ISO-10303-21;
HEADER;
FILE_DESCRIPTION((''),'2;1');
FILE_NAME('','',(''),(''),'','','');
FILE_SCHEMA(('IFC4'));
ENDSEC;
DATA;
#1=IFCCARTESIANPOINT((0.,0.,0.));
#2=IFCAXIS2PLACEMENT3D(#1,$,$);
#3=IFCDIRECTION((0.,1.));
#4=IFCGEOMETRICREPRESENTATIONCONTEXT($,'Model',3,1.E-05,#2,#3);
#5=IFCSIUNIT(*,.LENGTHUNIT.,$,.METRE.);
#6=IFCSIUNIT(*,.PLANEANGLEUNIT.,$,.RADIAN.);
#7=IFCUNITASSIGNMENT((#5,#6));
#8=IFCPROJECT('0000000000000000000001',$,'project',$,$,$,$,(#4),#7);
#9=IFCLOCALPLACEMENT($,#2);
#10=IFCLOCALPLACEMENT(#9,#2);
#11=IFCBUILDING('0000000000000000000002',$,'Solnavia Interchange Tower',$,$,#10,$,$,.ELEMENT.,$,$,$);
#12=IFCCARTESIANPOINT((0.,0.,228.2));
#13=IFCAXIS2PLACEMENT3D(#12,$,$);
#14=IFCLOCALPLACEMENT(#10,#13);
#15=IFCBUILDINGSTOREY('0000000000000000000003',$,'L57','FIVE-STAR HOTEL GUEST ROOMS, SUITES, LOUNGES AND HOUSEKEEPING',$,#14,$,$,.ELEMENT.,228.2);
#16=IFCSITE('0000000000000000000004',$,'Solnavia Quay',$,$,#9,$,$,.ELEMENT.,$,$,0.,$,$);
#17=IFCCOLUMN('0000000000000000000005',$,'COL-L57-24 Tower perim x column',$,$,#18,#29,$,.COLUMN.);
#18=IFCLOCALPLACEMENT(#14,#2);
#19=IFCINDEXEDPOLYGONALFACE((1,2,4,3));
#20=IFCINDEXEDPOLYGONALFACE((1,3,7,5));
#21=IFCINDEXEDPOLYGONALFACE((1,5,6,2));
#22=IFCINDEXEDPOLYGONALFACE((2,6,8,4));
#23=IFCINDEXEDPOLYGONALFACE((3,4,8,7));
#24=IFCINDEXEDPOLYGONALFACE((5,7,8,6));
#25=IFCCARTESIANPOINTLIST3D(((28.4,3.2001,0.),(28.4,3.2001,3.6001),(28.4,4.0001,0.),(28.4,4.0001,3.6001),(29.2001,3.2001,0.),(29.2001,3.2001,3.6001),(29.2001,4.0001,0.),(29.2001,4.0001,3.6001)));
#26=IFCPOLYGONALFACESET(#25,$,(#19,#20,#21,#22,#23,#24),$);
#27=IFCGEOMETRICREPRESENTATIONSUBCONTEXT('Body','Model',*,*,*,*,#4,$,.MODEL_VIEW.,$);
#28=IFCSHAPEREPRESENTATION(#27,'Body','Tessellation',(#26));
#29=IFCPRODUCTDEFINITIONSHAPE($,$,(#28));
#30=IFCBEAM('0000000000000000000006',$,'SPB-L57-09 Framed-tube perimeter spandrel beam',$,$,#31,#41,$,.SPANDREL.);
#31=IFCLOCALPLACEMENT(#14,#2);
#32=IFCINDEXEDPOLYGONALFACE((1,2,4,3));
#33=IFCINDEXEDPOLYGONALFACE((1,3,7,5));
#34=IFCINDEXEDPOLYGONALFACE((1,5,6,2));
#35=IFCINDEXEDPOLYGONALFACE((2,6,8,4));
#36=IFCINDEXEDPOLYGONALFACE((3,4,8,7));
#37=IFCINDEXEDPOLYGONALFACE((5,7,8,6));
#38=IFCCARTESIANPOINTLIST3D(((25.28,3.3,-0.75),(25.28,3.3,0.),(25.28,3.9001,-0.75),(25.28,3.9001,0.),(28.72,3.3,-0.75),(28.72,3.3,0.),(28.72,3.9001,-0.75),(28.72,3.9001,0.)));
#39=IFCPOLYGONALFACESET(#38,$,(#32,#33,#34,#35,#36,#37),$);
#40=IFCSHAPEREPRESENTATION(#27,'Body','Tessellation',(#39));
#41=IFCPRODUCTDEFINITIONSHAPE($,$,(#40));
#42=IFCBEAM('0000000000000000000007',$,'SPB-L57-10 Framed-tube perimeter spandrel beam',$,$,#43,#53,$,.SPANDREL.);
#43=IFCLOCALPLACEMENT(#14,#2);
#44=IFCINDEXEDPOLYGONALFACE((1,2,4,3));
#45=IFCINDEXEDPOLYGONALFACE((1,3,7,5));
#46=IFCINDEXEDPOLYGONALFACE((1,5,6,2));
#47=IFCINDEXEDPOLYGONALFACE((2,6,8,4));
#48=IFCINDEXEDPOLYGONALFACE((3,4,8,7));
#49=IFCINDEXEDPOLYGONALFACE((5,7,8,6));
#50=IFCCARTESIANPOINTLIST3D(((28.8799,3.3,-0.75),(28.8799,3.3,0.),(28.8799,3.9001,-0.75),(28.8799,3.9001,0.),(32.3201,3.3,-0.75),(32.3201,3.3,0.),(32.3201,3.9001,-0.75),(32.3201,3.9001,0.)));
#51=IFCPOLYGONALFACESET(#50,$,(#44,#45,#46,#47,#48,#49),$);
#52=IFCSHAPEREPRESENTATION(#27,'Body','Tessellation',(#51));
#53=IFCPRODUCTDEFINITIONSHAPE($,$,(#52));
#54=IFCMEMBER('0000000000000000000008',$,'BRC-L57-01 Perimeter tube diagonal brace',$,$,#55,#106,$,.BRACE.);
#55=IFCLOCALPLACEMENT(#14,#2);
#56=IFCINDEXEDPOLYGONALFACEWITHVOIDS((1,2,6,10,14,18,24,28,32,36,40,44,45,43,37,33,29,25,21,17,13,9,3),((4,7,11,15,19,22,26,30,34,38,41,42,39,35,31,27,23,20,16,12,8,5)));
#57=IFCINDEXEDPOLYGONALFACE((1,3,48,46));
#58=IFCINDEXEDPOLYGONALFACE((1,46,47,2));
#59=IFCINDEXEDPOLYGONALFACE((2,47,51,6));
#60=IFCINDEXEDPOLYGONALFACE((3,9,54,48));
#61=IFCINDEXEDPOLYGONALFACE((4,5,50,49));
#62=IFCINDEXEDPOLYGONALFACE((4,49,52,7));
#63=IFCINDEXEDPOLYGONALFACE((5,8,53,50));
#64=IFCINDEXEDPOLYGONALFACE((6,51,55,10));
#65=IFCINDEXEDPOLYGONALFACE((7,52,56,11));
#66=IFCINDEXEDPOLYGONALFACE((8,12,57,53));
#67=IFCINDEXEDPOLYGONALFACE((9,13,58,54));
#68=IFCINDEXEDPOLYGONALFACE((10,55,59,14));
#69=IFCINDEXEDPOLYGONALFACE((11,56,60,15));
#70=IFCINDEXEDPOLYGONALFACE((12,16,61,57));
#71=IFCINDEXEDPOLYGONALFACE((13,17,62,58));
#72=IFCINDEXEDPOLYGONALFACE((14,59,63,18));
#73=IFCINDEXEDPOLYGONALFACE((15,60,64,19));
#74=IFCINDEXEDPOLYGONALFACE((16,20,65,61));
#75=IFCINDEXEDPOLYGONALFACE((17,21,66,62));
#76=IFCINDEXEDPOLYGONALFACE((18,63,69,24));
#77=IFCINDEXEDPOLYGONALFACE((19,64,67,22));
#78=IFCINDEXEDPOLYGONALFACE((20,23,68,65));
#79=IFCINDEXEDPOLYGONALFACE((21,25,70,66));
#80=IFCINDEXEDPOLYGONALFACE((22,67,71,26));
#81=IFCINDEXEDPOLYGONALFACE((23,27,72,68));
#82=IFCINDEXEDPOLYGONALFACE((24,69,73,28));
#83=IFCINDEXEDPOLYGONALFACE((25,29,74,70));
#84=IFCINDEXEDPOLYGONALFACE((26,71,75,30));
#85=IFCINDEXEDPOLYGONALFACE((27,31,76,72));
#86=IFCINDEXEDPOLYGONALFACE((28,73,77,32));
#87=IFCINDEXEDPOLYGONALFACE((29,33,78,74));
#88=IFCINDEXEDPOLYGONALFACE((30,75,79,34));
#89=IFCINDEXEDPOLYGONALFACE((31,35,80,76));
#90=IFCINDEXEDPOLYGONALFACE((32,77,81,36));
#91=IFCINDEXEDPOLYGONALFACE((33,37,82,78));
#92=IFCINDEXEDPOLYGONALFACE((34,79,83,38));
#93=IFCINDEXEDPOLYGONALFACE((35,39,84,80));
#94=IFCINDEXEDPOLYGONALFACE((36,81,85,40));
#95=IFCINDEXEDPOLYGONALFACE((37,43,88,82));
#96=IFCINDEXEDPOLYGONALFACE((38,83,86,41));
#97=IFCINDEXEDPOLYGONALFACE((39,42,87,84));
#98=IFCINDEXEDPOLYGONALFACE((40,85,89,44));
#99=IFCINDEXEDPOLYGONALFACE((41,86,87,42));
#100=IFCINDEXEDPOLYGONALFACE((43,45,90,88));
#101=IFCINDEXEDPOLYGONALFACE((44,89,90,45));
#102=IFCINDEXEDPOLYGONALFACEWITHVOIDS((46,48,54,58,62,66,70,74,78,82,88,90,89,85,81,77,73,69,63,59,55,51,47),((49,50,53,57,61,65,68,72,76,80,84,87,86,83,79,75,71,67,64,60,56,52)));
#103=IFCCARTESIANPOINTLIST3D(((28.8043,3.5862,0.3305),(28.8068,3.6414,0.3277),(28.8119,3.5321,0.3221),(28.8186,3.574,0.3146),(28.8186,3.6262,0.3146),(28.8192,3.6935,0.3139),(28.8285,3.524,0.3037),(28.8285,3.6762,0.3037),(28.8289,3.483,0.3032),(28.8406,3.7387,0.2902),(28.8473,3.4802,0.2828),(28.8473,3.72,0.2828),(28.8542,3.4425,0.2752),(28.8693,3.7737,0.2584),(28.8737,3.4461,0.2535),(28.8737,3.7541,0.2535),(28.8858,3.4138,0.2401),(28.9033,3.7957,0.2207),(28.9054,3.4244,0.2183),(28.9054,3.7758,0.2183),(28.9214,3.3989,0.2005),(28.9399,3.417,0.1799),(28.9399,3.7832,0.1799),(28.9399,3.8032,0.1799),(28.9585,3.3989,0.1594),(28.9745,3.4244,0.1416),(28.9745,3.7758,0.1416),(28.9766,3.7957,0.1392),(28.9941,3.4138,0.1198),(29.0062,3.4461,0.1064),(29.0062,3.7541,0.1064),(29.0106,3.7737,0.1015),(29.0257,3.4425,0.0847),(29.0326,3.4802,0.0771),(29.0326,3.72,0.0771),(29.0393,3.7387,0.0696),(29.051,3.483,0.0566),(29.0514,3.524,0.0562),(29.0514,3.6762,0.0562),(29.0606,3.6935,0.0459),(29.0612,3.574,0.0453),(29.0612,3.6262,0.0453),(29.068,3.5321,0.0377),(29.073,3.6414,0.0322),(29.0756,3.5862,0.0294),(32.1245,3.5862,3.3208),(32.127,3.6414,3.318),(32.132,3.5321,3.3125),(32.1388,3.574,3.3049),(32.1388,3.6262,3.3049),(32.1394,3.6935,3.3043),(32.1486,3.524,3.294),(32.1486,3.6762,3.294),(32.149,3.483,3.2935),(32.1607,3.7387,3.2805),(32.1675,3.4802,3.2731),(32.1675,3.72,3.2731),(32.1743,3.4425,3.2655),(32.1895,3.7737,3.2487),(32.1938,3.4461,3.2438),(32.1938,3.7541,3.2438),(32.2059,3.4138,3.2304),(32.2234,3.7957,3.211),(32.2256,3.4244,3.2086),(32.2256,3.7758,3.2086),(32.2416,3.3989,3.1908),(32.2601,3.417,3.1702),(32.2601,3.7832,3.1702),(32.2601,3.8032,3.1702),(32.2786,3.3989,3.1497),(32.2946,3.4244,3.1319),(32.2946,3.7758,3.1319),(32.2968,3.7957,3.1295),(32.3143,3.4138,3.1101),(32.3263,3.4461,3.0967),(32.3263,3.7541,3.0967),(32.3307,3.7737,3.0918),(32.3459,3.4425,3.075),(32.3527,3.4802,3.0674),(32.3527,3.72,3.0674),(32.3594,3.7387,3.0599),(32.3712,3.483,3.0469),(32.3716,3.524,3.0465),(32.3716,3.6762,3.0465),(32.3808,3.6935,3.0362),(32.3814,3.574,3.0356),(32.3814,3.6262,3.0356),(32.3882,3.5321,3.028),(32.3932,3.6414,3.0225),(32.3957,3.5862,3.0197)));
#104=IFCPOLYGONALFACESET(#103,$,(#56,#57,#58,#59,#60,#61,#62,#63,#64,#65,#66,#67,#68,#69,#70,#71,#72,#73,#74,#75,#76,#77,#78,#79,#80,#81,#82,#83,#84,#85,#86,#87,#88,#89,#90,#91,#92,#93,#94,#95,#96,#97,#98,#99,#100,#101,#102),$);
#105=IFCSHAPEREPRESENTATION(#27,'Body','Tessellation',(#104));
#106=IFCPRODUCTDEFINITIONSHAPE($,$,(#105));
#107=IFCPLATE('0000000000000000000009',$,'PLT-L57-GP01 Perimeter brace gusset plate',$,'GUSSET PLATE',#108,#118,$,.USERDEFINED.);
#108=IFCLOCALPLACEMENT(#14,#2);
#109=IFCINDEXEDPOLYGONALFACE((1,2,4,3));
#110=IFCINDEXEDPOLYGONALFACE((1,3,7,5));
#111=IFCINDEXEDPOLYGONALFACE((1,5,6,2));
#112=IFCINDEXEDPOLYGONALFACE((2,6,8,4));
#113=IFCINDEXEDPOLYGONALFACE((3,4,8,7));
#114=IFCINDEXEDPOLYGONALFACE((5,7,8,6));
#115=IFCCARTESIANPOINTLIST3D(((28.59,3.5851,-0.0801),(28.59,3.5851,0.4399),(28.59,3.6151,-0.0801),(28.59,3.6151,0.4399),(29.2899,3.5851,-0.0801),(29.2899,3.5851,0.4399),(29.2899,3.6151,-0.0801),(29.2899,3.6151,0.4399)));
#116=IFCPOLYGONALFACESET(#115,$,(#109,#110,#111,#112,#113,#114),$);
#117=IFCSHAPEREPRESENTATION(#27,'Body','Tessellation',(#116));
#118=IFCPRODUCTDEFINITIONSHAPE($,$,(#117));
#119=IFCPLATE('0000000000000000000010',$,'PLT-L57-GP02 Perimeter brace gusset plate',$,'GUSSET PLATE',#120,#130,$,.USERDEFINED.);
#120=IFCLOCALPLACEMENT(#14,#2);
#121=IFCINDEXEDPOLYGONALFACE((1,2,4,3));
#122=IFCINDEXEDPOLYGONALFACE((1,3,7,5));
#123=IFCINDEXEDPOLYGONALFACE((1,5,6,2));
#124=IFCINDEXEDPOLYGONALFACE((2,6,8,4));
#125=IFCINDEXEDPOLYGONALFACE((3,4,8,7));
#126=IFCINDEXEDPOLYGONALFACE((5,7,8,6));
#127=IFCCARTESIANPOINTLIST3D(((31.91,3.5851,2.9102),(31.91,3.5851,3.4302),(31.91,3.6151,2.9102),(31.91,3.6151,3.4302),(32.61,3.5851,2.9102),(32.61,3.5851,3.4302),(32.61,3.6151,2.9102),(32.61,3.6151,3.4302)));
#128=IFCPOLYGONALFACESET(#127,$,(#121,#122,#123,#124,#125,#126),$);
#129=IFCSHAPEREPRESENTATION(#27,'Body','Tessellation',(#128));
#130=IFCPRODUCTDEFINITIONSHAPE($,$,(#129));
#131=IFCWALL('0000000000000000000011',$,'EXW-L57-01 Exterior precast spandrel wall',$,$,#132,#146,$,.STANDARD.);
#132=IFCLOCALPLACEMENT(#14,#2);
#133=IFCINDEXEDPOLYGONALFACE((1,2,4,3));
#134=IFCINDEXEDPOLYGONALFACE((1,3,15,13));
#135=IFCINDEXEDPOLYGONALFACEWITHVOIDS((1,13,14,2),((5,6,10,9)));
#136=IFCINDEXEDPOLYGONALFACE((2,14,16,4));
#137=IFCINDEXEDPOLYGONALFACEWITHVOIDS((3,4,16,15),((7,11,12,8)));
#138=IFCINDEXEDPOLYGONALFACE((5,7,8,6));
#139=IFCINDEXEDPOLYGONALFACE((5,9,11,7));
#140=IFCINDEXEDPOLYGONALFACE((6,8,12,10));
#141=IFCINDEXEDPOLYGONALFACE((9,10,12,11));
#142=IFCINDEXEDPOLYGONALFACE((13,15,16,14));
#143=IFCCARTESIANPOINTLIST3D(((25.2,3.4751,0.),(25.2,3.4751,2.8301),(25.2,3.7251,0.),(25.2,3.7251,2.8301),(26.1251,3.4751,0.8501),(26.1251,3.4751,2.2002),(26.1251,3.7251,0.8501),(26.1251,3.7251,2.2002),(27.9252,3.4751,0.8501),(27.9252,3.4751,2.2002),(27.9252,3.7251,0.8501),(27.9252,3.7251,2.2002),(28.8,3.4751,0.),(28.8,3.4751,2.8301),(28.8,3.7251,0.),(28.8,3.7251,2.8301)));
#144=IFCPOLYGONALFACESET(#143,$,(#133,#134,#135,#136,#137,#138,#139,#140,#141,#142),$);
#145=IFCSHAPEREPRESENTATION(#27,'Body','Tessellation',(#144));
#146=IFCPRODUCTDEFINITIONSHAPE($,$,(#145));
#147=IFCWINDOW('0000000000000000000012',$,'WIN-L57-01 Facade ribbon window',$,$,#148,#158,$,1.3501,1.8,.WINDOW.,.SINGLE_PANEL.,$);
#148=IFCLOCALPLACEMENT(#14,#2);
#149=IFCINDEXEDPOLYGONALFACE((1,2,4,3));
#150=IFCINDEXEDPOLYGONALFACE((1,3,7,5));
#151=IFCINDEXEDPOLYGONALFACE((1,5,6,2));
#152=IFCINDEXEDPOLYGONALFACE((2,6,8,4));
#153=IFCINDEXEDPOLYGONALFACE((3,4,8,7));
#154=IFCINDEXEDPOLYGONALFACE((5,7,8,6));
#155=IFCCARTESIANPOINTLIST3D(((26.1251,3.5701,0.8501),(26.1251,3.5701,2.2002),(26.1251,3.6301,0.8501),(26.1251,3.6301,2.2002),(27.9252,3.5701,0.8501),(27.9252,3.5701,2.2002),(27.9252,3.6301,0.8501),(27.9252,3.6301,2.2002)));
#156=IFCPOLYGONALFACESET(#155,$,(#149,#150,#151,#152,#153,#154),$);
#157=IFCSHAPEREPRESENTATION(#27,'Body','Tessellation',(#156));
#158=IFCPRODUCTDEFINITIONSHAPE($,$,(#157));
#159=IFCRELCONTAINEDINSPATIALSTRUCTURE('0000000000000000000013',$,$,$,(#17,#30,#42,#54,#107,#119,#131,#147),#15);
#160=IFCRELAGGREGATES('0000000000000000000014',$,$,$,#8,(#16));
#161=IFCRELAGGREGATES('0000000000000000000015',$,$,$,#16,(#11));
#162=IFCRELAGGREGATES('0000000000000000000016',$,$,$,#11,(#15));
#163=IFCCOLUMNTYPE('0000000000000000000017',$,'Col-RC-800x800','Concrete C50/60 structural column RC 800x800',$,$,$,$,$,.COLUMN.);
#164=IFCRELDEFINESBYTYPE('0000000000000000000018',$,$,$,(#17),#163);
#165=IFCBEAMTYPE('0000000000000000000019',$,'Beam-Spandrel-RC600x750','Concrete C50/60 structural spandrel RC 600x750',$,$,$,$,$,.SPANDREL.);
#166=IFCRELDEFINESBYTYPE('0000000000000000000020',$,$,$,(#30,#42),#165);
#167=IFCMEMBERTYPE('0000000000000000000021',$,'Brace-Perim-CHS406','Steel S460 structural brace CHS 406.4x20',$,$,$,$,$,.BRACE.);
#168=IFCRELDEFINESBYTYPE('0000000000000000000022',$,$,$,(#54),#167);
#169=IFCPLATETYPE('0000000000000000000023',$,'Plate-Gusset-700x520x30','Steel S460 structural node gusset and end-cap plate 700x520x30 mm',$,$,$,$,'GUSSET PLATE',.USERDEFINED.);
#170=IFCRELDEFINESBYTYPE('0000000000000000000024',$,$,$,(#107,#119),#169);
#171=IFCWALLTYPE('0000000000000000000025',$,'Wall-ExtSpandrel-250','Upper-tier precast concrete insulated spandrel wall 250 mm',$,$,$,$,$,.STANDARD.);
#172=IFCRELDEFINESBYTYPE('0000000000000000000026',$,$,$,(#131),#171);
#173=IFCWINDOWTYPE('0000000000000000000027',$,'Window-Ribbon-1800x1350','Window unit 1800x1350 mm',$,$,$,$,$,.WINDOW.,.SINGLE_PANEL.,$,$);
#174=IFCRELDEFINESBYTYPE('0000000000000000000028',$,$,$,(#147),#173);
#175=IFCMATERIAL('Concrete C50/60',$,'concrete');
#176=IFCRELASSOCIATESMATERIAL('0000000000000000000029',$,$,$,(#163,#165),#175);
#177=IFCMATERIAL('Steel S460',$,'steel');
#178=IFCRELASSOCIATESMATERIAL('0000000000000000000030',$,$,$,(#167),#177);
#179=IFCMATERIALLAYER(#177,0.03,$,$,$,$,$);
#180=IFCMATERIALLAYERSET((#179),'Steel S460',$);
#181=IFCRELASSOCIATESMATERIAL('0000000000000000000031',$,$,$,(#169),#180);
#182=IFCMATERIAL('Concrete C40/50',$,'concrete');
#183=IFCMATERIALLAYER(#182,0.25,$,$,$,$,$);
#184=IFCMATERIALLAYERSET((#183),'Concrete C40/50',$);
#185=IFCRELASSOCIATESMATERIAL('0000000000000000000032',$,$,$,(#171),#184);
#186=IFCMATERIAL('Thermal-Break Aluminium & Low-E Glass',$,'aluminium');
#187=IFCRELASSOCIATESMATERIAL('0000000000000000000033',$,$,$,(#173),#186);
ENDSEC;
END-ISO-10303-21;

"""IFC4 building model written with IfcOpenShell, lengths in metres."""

from ifc_helpers import new_model, si_unit, direction, frame, frame_2d, origin, origin_2d, place, context, subcontext, project, spatial, rectangle, hollow_circle, extrude, material, layer, layer_set, material_profile, profile_set, type_object, element, fill, save


model = new_model("IFC4")

# Units and contexts
model_context = context("Model", 3, precision=1e-05, world=origin(), true_north=direction((0.0, 1.0)))
body_context = subcontext(model_context, "Body", "Model", "MODEL_VIEW")
ifc_project = project(units=[si_unit("LENGTHUNIT", "METRE"), si_unit("PLANEANGLEUNIT", "RADIAN")], contexts=[model_context])

# Site, building, storey
site_placement = place(None, origin())
site = spatial("IfcSite", under=ifc_project, at=site_placement, Name="Solnavia Quay", CompositionType="ELEMENT", RefElevation=0.0)
building_placement = place(site_placement, origin())
building = spatial("IfcBuilding", under=site, at=building_placement, Name="Solnavia Interchange Tower", CompositionType="ELEMENT")
storey_placement = place(building_placement, frame((0.0, 0.0, 228.2)))
storey = spatial("IfcBuildingStorey", under=building, at=storey_placement, Name="L57", Description="FIVE-STAR HOTEL GUEST ROOMS, SUITES, LOUNGES AND HOUSEKEEPING", CompositionType="ELEMENT", Elevation=228.2)

# Column
ifc_material_1 = material(Name="Concrete C50/60", Category="concrete")
ifc_material_profile_1 = material_profile(ifc_material_1, rectangle(XDim=0.8, YDim=0.8, at=origin_2d()), Name="RC 800x800")
ifc_profile_set_1 = profile_set([ifc_material_profile_1], Name="Concrete C50/60")
column_type = type_object("IfcColumnType", Name="Col-RC-800x800", Description="Concrete C50/60 structural column RC 800x800", PredefinedType="COLUMN", material=ifc_profile_set_1)
column_placement = place(storey_placement, frame((28.8, 3.6001, 0.0), z_axis=(0.0, 0.0, 1.0), x_axis=(1.0, 0.0, 0.0)))
element("IfcColumn", 1, at=column_placement, inside=storey, type_object=column_type, Name="COL-L57-24 Tower perim x column", PredefinedType="COLUMN", context=body_context, shape_type="SweptSolid", body=[
    extrude(rectangle(XDim=0.8, YDim=0.8, at=origin_2d()), origin(), (0.0, 0.0, 1.0), 3.6001),
])

# Beams
ifc_material_profile_2 = material_profile(ifc_material_1, rectangle(XDim=0.6001, YDim=0.75, at=origin_2d()), Name="RC 600x750")
ifc_profile_set_2 = profile_set([ifc_material_profile_2], Name="Concrete C50/60")
beam_type = type_object("IfcBeamType", Name="Beam-Spandrel-RC600x750", Description="Concrete C50/60 structural spandrel RC 600x750", PredefinedType="SPANDREL", material=ifc_profile_set_2)
beam_1_placement = place(storey_placement, frame((25.28, 3.6001, -0.375), z_axis=(1.0, 0.0, 0.0), x_axis=(0.0, 1.0, 0.0)))
element("IfcBeam", 2, at=beam_1_placement, inside=storey, type_object=beam_type, Name="SPB-L57-09 Framed-tube perimeter spandrel beam", PredefinedType="SPANDREL", context=body_context, shape_type="SweptSolid", body=[
    extrude(rectangle(XDim=0.6001, YDim=0.75, at=origin_2d()), origin(), (0.0, 0.0, 1.0), 3.4399),
])
beam_2_placement = place(storey_placement, frame((28.8799, 3.6001, -0.375), z_axis=(1.0, 0.0, 0.0), x_axis=(0.0, 1.0, 0.0)))
element("IfcBeam", 3, at=beam_2_placement, inside=storey, type_object=beam_type, Name="SPB-L57-10 Framed-tube perimeter spandrel beam", PredefinedType="SPANDREL", context=body_context, shape_type="SweptSolid", body=[
    extrude(rectangle(XDim=0.6001, YDim=0.75, at=origin_2d()), origin(), (0.0, 0.0, 1.0), 3.4402),
])

# Member
ifc_material_2 = material(Name="Steel S460", Category="steel")
ifc_material_profile_3 = material_profile(ifc_material_2, hollow_circle(Radius=0.2031, WallThickness=0.02, at=origin_2d()), Name="CHS 406.4x20")
ifc_profile_set_3 = profile_set([ifc_material_profile_3], Name="Steel S460")
member_type = type_object("IfcMemberType", Name="Brace-Perim-CHS406", Description="Steel S460 structural brace CHS 406.4x20", PredefinedType="BRACE", material=ifc_profile_set_3)
member_placement = place(storey_placement, frame((28.9399, 3.6001, 0.1799), z_axis=(0.743052, 0.0, 0.669233), x_axis=(0.0, 1.0, 0.0)))
element("IfcMember", 4, at=member_placement, inside=storey, type_object=member_type, Name="BRC-L57-01 Perimeter tube diagonal brace", PredefinedType="BRACE", context=body_context, shape_type="SweptSolid", body=[
    extrude(hollow_circle(Radius=0.2031, WallThickness=0.02, at=origin_2d()), origin(), (0.0, 0.0, 1.0), 4.4683),
])

# Plates
ifc_layer_1 = layer(ifc_material_2, 0.03)
ifc_layer_set_1 = layer_set([ifc_layer_1], Name="Steel S460")
plate_type = type_object("IfcPlateType", Name="Plate-Gusset-700x520x30", Description="Steel S460 structural node gusset and end-cap plate 700x520x30 mm", ElementType="GUSSET PLATE", PredefinedType="USERDEFINED", material=ifc_layer_set_1)
for number, where, z_axis, x_axis, name in (
    (5, (28.9399, 3.6001, -0.0801), (0.0, 0.0, 1.0), (1.0, 0.0, 0.0), "PLT-L57-GP01 Perimeter brace gusset plate"),
    (6, (32.26, 3.6001, 2.9102), (0.0, 0.0, 1.0), (1.0, 0.0, 0.0), "PLT-L57-GP02 Perimeter brace gusset plate"),
):
    element("IfcPlate", number, at=place(storey_placement, frame(where, z_axis=z_axis, x_axis=x_axis)), inside=storey, type_object=plate_type, Name=name, ObjectType="GUSSET PLATE", PredefinedType="USERDEFINED", context=body_context, shape_type="SweptSolid", body=[
        extrude(rectangle(XDim=0.7, YDim=0.03, at=origin_2d()), origin(), (0.0, 0.0, 1.0), 0.52),
    ])

# Wall, opening, window
ifc_material_3 = material(Name="Concrete C40/50", Category="concrete")
ifc_layer_2 = layer(ifc_material_3, 0.25)
ifc_layer_set_2 = layer_set([ifc_layer_2], Name="Concrete C40/50")
wall_type_1 = type_object("IfcWallType", Name="Wall-ExtSpandrel-250", Description="Upper-tier precast concrete insulated spandrel wall 250 mm", PredefinedType="STANDARD", material=ifc_layer_set_2)
wall_1_placement = place(storey_placement, frame((28.8, 3.6001, 0.0), z_axis=(0.0, 0.0, 1.0), x_axis=(-1.0, 0.0, 0.0)))
wall_1 = element("IfcWall", 7, at=wall_1_placement, inside=storey, type_object=wall_type_1, Name="EXW-L57-01 Exterior precast spandrel wall", PredefinedType="STANDARD", context=body_context, shape_type="SweptSolid", body=[
    extrude(rectangle(XDim=3.6001, YDim=0.25, at=frame_2d((1.8, 0.0))), origin(), (0.0, 0.0, 1.0), 2.8301),
])
opening_1_placement = place(wall_1_placement, frame((0.875, 0.0, 0.8501)))
opening_1 = element("IfcOpeningElement", 8, at=opening_1_placement, cuts=wall_1, PredefinedType="OPENING", context=body_context, shape_type="SweptSolid", body=[
    extrude(rectangle(XDim=1.8, YDim=1.3501, at=frame_2d((0.8999, 0.675))), frame((0.0, 0.135, 0.0), z_axis=(0.0, -1.0, 0.0), x_axis=(1.0, 0.0, 0.0)), (0.0, 0.0, 1.0), 0.27),
])
ifc_material_4 = material(Name="Thermal-Break Aluminium & Low-E Glass", Category="aluminium")
window_type_1 = type_object("IfcWindowType", Name="Window-Ribbon-1800x1350", Description="Window unit 1800x1350 mm", PartitioningType="SINGLE_PANEL", PredefinedType="WINDOW", material=ifc_material_4)
window_1_placement = place(opening_1_placement, origin())
window_1 = element("IfcWindow", 9, at=window_1_placement, inside=storey, type_object=window_type_1, Name="WIN-L57-01 Facade ribbon window", OverallHeight=1.3501, OverallWidth=1.8, PartitioningType="SINGLE_PANEL", PredefinedType="WINDOW", context=body_context, shape_type="SweptSolid", body=[
    extrude(rectangle(XDim=1.8, YDim=1.3501, at=frame_2d((0.8999, 0.675))), frame((0.0, 0.03, 0.0), z_axis=(0.0, -1.0, 0.0), x_axis=(1.0, 0.0, 0.0)), (0.0, 0.0, 1.0), 0.0601),
])
fill(opening_1, window_1)

save(model, "model.ifc")
